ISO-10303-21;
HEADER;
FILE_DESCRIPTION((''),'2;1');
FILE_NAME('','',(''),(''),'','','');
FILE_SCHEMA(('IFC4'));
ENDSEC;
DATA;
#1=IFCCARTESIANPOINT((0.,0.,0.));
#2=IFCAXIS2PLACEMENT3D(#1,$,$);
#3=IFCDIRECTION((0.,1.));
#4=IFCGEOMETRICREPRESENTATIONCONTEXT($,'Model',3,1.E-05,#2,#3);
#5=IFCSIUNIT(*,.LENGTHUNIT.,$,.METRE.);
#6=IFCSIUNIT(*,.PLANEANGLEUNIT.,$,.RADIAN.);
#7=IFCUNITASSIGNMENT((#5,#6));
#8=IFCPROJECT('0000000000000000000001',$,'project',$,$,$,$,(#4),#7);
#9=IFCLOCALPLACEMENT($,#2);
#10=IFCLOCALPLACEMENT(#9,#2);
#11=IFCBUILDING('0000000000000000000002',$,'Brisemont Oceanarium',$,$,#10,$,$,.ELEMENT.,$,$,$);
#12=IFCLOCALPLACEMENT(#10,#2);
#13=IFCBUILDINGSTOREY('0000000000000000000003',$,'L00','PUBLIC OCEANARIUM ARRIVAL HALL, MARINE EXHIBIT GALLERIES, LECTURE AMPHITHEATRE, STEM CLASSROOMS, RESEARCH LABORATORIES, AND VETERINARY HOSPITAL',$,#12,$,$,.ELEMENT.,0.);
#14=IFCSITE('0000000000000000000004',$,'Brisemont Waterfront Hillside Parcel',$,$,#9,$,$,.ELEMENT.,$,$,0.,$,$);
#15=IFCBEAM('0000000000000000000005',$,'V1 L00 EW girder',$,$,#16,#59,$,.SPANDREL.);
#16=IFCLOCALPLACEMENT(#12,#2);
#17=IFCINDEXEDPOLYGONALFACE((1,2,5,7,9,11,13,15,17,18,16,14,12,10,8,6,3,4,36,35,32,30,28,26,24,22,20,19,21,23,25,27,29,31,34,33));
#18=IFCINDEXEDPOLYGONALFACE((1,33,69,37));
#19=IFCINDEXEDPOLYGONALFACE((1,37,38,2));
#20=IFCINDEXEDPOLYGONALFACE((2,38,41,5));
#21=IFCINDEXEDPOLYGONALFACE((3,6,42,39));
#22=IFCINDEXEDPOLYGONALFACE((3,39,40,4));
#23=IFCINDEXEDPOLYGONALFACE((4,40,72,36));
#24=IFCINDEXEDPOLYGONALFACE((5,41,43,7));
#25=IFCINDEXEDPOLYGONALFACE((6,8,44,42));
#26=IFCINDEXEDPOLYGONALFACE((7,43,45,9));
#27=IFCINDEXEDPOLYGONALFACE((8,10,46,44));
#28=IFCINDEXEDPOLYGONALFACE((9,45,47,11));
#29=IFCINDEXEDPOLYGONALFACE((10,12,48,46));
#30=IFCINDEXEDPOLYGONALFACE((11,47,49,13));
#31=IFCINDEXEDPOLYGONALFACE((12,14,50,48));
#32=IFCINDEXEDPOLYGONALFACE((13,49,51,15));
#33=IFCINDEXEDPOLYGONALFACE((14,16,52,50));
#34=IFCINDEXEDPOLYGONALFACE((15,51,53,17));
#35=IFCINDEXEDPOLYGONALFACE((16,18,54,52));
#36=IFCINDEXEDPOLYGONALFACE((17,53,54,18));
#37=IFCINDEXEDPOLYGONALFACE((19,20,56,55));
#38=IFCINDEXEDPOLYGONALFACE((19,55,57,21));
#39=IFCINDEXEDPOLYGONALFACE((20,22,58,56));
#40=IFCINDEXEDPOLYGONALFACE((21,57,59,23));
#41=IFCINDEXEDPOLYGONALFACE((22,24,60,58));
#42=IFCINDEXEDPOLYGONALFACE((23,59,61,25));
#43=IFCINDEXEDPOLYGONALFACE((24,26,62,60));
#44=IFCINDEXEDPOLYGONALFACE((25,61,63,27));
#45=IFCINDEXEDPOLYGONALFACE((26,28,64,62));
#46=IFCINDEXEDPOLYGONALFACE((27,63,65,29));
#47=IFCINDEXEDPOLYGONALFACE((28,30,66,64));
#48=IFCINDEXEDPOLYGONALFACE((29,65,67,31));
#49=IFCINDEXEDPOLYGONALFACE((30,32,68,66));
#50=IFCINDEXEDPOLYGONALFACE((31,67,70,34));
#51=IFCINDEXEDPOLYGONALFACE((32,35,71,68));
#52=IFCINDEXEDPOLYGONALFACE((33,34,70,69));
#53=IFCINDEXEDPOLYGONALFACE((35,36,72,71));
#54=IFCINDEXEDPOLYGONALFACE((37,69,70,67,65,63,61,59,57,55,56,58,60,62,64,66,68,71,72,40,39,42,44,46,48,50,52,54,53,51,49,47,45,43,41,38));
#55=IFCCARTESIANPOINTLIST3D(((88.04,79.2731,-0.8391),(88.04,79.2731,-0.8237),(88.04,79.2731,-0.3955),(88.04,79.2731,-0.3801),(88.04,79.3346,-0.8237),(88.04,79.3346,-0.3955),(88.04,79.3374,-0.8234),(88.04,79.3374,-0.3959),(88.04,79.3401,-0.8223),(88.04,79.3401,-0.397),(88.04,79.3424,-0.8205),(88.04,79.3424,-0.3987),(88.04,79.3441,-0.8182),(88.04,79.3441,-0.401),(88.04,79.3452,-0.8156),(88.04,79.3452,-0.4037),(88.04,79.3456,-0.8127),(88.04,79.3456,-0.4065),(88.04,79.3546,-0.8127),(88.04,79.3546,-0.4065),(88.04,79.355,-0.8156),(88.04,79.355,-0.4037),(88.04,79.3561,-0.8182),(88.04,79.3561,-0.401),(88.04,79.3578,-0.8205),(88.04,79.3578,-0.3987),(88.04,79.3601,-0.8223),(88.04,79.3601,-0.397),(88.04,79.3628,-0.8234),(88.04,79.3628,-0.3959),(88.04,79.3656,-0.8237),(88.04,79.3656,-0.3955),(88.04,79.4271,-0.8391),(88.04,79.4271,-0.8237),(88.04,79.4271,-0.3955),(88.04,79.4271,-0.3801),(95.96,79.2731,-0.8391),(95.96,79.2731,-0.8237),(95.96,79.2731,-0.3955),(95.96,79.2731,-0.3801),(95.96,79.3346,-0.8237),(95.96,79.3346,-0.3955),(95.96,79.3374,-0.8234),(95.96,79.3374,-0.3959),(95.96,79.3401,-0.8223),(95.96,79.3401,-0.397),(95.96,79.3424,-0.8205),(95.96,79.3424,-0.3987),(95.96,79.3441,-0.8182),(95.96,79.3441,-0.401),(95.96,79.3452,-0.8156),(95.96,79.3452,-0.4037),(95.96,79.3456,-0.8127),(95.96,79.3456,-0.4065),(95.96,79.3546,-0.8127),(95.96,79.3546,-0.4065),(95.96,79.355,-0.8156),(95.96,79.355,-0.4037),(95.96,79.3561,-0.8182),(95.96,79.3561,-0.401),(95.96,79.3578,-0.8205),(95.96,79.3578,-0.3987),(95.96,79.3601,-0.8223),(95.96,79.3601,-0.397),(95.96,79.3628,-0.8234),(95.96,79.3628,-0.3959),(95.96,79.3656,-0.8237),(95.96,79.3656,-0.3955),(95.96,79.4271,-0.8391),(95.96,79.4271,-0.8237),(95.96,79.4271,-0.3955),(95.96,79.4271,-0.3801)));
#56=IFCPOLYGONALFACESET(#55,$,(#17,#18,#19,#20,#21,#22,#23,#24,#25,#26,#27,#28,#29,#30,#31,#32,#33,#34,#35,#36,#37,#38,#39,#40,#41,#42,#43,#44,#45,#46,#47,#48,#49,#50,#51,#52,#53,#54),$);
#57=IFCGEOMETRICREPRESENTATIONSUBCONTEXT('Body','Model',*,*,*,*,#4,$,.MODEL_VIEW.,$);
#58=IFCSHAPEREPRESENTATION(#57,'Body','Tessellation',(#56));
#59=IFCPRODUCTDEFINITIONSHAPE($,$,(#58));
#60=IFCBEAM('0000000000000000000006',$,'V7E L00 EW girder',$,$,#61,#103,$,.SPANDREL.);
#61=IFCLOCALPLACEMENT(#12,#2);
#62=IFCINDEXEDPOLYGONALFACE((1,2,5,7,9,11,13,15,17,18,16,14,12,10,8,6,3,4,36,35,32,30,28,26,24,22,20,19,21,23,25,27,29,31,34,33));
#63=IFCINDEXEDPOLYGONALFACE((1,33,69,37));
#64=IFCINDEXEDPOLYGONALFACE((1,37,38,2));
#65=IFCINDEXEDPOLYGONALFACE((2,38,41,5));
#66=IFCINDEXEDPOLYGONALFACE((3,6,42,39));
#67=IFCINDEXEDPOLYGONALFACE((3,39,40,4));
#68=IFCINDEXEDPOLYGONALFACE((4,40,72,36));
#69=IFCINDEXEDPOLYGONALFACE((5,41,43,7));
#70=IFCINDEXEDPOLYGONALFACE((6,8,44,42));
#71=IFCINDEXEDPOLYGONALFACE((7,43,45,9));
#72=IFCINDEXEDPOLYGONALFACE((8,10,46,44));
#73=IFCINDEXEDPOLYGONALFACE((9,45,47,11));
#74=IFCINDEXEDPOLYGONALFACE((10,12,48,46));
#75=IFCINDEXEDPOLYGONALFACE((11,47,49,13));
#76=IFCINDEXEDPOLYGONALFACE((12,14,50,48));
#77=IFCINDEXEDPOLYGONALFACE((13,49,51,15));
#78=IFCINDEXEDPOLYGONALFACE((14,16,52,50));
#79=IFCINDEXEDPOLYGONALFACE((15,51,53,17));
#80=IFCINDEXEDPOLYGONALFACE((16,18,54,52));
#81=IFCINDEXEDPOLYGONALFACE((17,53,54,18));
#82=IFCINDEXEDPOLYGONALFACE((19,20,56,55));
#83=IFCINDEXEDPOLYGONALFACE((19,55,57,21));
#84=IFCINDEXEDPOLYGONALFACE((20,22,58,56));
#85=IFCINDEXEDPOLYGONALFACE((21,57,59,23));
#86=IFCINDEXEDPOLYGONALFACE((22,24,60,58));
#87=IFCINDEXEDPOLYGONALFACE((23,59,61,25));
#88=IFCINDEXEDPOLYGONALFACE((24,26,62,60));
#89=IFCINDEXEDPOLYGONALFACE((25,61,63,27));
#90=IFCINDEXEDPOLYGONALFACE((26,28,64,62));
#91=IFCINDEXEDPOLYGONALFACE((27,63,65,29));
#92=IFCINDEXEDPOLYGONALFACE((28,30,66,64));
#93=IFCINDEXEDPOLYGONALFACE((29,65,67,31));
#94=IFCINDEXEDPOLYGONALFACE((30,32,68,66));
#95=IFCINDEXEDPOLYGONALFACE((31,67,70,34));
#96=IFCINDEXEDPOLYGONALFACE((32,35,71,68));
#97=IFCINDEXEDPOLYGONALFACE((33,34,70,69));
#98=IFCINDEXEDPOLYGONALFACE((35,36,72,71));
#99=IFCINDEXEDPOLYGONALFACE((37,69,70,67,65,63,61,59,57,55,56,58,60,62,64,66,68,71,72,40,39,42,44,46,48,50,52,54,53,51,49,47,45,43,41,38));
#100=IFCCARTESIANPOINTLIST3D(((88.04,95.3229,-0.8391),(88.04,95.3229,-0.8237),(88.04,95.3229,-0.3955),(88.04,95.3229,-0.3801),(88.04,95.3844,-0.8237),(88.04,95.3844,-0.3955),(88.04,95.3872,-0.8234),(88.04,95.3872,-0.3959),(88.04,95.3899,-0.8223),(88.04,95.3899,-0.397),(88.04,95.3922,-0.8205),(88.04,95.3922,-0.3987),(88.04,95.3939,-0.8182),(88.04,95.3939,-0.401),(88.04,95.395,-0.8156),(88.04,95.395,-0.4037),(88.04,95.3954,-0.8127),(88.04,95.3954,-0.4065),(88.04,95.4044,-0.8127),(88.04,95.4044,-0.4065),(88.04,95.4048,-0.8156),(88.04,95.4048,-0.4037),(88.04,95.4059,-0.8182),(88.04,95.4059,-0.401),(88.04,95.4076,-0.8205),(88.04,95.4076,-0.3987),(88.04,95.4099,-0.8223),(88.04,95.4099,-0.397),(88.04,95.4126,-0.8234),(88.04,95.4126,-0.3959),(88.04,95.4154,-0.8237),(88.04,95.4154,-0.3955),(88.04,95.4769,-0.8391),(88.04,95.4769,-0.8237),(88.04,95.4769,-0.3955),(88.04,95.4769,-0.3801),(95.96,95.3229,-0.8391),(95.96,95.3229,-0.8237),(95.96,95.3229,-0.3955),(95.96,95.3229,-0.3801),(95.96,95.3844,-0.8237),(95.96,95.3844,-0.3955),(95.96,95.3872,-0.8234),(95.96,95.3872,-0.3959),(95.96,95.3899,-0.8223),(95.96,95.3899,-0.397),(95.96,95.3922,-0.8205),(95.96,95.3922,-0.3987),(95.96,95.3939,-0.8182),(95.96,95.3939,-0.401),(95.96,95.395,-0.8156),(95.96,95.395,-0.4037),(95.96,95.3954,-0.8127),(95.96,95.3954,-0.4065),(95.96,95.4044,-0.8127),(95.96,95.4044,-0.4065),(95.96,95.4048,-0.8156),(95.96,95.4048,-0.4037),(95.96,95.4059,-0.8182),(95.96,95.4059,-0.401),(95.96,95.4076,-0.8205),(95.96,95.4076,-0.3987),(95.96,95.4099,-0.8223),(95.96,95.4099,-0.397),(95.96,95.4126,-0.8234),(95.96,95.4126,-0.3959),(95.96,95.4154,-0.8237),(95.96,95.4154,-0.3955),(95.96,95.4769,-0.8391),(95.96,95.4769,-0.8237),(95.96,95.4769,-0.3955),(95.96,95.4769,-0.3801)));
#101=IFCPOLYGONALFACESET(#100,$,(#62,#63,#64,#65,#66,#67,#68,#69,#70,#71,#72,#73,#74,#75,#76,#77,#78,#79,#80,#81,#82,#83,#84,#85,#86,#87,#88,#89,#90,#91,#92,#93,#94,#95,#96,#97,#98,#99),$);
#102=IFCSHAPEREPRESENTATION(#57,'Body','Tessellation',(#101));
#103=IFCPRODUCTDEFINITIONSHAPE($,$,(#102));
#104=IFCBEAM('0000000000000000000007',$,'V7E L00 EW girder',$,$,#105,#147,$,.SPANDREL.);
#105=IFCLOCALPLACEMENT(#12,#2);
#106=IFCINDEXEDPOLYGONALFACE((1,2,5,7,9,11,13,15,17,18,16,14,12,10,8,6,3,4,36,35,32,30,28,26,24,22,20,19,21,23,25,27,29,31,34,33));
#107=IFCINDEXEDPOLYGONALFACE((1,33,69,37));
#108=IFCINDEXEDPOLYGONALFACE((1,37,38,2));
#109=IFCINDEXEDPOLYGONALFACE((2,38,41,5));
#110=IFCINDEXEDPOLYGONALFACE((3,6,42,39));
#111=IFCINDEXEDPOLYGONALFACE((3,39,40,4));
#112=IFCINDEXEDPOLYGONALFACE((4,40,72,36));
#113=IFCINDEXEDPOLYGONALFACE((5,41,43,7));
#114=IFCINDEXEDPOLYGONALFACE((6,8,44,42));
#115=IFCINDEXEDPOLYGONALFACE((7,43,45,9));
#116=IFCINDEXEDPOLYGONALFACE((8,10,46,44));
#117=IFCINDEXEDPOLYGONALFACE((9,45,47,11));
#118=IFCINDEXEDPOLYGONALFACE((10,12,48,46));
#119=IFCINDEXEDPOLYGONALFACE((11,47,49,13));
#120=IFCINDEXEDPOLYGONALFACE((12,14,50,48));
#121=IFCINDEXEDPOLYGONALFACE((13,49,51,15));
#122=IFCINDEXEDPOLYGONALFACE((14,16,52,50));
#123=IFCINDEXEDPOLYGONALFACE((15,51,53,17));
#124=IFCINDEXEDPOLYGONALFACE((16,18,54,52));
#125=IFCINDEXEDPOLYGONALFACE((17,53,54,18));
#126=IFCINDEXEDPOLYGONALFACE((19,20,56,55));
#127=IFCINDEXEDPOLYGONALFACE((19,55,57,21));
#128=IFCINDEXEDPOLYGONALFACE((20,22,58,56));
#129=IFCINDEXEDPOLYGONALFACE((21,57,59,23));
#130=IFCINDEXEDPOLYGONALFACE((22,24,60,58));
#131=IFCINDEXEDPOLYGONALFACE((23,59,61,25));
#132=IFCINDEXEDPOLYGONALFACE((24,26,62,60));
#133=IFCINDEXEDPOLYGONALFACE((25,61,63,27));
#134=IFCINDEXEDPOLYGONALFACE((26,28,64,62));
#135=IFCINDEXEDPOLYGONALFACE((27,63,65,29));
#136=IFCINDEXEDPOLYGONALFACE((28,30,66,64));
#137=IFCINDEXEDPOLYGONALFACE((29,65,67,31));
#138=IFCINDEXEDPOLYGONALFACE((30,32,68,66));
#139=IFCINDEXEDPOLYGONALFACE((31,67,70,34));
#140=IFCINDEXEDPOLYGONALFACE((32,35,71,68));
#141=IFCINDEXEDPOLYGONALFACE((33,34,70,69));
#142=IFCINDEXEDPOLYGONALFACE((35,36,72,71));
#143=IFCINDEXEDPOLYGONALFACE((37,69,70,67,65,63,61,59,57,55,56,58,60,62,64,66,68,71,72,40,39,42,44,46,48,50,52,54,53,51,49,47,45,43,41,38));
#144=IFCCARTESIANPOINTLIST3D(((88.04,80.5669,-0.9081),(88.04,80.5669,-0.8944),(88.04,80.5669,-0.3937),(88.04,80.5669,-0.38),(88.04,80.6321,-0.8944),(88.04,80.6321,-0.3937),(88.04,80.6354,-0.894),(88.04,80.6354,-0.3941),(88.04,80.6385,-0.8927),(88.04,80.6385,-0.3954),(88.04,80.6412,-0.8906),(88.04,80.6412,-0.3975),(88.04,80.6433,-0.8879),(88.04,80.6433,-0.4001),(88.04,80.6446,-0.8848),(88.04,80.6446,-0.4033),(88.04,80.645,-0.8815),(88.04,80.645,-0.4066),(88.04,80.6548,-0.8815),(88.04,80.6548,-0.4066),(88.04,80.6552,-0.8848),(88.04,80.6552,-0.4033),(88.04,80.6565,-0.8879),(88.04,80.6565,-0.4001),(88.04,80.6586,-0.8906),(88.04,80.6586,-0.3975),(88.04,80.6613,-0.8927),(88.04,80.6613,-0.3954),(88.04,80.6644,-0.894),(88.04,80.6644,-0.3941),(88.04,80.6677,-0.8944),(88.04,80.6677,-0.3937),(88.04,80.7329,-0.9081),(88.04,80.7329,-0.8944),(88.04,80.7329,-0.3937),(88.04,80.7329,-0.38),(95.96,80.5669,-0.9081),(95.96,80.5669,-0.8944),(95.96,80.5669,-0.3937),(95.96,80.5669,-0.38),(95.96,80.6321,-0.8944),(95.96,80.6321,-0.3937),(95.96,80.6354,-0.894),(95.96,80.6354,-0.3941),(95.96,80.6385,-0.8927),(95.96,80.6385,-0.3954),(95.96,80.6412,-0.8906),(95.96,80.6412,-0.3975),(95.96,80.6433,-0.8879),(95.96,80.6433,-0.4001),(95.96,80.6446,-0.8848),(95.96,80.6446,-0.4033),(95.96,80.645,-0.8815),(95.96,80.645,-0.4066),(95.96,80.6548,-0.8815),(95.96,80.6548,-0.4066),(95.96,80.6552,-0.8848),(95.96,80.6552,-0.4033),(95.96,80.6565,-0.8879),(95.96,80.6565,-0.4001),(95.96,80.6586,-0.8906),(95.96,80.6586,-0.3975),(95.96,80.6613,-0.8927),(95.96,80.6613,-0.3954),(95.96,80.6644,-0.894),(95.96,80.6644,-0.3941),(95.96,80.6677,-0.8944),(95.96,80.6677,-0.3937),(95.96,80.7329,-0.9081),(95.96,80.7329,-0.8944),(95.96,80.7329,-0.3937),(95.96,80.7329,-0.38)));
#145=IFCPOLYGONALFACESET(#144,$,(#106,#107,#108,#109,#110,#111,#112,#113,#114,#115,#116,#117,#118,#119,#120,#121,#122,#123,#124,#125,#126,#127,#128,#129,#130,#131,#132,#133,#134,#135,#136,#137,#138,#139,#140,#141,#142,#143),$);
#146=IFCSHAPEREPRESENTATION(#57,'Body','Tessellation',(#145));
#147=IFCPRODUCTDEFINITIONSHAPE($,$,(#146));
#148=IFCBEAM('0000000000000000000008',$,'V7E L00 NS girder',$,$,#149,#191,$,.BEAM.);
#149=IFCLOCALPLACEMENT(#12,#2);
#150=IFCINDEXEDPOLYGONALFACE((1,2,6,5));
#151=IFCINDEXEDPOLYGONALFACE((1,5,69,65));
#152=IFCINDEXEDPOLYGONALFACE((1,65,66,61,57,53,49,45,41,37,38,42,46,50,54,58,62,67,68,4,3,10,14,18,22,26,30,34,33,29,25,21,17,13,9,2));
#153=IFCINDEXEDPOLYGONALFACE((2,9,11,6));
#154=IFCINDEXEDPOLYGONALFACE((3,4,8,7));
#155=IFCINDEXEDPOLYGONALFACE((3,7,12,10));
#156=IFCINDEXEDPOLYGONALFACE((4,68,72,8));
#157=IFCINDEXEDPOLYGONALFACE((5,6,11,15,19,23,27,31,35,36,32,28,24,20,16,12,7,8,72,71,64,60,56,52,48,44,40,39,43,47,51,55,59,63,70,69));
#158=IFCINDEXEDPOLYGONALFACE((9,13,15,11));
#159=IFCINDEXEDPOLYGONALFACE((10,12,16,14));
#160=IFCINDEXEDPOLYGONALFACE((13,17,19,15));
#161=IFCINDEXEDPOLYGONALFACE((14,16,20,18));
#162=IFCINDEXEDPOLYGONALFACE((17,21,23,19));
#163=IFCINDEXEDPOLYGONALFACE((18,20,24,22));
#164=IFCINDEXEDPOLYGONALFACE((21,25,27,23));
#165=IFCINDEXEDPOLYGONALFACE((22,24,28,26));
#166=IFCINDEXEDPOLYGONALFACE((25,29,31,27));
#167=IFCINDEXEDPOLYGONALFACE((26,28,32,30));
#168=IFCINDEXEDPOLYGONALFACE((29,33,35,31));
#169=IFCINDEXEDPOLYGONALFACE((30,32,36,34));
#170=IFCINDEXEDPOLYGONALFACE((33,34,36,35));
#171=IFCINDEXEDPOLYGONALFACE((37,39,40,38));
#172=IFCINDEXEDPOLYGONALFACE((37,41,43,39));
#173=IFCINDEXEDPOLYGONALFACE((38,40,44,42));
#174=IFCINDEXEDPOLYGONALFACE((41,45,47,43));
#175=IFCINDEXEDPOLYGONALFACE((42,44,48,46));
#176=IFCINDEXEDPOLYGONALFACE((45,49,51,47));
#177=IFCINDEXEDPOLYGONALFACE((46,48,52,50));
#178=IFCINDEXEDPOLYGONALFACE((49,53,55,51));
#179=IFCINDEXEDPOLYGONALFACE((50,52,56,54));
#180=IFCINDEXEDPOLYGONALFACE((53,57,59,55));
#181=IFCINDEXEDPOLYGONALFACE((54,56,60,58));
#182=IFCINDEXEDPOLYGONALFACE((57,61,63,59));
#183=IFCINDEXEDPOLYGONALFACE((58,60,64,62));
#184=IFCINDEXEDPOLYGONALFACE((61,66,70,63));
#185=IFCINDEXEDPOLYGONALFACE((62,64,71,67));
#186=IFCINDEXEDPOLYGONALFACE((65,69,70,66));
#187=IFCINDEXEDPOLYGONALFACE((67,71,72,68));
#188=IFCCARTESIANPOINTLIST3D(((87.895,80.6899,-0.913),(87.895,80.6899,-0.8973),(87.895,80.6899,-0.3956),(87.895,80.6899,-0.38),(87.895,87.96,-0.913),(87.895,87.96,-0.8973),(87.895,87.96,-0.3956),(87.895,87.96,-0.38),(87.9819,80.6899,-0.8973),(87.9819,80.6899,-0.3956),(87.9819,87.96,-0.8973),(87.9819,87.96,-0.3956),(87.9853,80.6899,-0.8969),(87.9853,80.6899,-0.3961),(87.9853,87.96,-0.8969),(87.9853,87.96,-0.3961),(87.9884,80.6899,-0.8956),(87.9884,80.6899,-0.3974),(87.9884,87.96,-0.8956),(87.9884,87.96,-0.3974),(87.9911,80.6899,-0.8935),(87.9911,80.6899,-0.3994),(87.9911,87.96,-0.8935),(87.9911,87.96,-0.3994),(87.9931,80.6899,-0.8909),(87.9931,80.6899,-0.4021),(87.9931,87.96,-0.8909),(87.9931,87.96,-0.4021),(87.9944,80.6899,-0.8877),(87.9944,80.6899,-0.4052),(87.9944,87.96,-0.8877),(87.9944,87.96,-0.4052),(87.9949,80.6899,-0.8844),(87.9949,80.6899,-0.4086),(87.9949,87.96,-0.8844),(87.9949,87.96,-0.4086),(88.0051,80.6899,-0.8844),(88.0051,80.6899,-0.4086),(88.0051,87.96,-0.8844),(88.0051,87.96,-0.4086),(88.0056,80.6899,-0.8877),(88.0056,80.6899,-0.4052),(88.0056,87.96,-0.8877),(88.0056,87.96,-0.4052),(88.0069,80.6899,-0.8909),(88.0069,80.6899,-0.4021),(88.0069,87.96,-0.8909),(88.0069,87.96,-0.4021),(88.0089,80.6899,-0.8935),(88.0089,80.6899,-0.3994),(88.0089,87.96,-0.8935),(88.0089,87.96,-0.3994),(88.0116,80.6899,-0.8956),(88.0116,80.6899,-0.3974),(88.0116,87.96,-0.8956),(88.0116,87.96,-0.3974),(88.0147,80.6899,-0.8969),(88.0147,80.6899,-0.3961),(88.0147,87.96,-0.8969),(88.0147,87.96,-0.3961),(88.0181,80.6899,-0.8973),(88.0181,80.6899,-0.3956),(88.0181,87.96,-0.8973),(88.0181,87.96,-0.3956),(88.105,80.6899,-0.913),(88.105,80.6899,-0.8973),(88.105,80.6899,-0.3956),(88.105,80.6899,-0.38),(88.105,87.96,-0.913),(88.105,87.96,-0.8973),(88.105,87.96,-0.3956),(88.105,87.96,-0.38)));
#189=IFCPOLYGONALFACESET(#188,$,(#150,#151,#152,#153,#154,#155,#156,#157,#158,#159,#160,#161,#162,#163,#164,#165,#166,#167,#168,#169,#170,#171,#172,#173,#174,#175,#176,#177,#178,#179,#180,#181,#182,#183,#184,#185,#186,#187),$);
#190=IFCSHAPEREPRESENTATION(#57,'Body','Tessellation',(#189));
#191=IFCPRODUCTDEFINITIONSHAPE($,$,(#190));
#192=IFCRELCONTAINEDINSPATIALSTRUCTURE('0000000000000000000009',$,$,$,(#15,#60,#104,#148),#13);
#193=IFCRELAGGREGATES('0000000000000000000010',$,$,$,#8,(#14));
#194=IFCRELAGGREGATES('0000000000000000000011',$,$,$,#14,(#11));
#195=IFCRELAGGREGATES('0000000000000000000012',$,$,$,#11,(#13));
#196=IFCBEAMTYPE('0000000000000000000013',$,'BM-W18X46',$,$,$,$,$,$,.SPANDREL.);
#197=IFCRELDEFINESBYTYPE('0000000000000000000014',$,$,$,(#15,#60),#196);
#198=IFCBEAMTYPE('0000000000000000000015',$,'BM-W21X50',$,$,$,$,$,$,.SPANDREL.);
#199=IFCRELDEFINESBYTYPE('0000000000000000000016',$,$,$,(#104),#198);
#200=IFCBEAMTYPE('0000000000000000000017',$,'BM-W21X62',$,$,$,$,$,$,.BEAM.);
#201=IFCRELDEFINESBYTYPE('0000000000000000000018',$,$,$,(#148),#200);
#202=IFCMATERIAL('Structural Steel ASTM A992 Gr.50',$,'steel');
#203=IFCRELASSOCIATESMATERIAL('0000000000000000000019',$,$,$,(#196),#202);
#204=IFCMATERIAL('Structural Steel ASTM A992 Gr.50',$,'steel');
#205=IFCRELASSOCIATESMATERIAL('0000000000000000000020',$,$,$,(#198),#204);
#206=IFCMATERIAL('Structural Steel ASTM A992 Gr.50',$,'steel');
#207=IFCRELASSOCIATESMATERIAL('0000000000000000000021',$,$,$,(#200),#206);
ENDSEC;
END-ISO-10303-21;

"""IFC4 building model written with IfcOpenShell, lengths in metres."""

from ifc_helpers import new_model, si_unit, direction, frame, origin, origin_2d, place, context, subcontext, project, spatial, i_section, extrude, material, material_profile, profile_set, type_object, element, save


model = new_model("IFC4")

# Units and contexts
model_context = context("Model", 3, precision=1e-05, world=origin(), true_north=direction((0.0, 1.0)))
body_context = subcontext(model_context, "Body", "Model", "MODEL_VIEW")
ifc_project = project(units=[si_unit("LENGTHUNIT", "METRE"), si_unit("PLANEANGLEUNIT", "RADIAN")], contexts=[model_context])

# Site, building, storey
site_placement = place(None, origin())
site = spatial("IfcSite", under=ifc_project, at=site_placement, Name="Brisemont Waterfront Hillside Parcel", CompositionType="ELEMENT", RefElevation=0.0)
building_placement = place(site_placement, origin())
building = spatial("IfcBuilding", under=site, at=building_placement, Name="Brisemont Oceanarium", CompositionType="ELEMENT")
storey_placement = place(building_placement, origin())
storey = spatial("IfcBuildingStorey", under=building, at=storey_placement, Name="L00", Description="PUBLIC OCEANARIUM ARRIVAL HALL, MARINE EXHIBIT GALLERIES, LECTURE AMPHITHEATRE, STEM CLASSROOMS, RESEARCH LABORATORIES, AND VETERINARY HOSPITAL", CompositionType="ELEMENT", Elevation=0.0)

# Beams
ifc_material_1 = material(Name="Structural Steel ASTM A992 Gr.50", Category="steel")
ifc_material_profile_1 = material_profile(ifc_material_1, i_section(OverallWidth=0.1541, OverallDepth=0.459, WebThickness=0.009, FlangeThickness=0.0154, FilletRadius=0.011, at=origin_2d()), Name="W18X46")
ifc_profile_set_1 = profile_set([ifc_material_profile_1], Name="Structural Steel ASTM A992 Gr.50")
beam_type_1 = type_object("IfcBeamType", Name="BM-W18X46", PredefinedType="SPANDREL", material=ifc_profile_set_1)
for number, where, z_axis, x_axis, name in (
    (1, (88.04, 79.3501, -0.6096), (1.0, 0.0, 0.0), (0.0, 1.0, 0.0), "V1 L00 EW girder"),
    (2, (88.04, 95.3999, -0.6096), (1.0, 0.0, 0.0), (0.0, 1.0, 0.0), "V7E L00 EW girder"),
):
    element("IfcBeam", number, at=place(storey_placement, frame(where, z_axis=z_axis, x_axis=x_axis)), inside=storey, type_object=beam_type_1, Name=name, PredefinedType="SPANDREL", context=body_context, shape_type="SweptSolid", body=[
        extrude(i_section(OverallWidth=0.1541, OverallDepth=0.459, WebThickness=0.009, FlangeThickness=0.0154, FilletRadius=0.011, at=origin_2d()), origin(), (0.0, 0.0, 1.0), 7.9199),
    ])
ifc_material_2 = material(Name="Structural Steel ASTM A992 Gr.50", Category="steel")
ifc_material_profile_2 = material_profile(ifc_material_2, i_section(OverallWidth=0.166, OverallDepth=0.5281, WebThickness=0.0098, FlangeThickness=0.0137, FilletRadius=0.0129, at=origin_2d()), Name="W21X50")
ifc_profile_set_2 = profile_set([ifc_material_profile_2], Name="Structural Steel ASTM A992 Gr.50")
beam_type_2 = type_object("IfcBeamType", Name="BM-W21X50", PredefinedType="SPANDREL", material=ifc_profile_set_2)
beam_1_placement = place(storey_placement, frame((88.04, 80.6499, -0.644), z_axis=(1.0, 0.0, 0.0), x_axis=(0.0, 1.0, 0.0)))
element("IfcBeam", 3, at=beam_1_placement, inside=storey, type_object=beam_type_2, Name="V7E L00 EW girder", PredefinedType="SPANDREL", context=body_context, shape_type="SweptSolid", body=[
    extrude(i_section(OverallWidth=0.166, OverallDepth=0.5281, WebThickness=0.0098, FlangeThickness=0.0137, FilletRadius=0.0129, at=origin_2d()), origin(), (0.0, 0.0, 1.0), 7.9199),
])
ifc_material_3 = material(Name="Structural Steel ASTM A992 Gr.50", Category="steel")
ifc_material_profile_3 = material_profile(ifc_material_3, i_section(OverallWidth=0.21, OverallDepth=0.533, WebThickness=0.0103, FlangeThickness=0.0156, FilletRadius=0.0129, at=origin_2d()), Name="W21X62")
ifc_profile_set_3 = profile_set([ifc_material_profile_3], Name="Structural Steel ASTM A992 Gr.50")
beam_type_3 = type_object("IfcBeamType", Name="BM-W21X62", PredefinedType="BEAM", material=ifc_profile_set_3)
beam_2_placement = place(storey_placement, frame((88.0, 80.6899, -0.6465), z_axis=(0.0, 1.0, 0.0), x_axis=(-1.0, 0.0, 0.0)))
element("IfcBeam", 4, at=beam_2_placement, inside=storey, type_object=beam_type_3, Name="V7E L00 NS girder", PredefinedType="BEAM", context=body_context, shape_type="SweptSolid", body=[
    extrude(i_section(OverallWidth=0.21, OverallDepth=0.533, WebThickness=0.0103, FlangeThickness=0.0156, FilletRadius=0.0129, at=origin_2d()), origin(), (0.0, 0.0, 1.0), 7.27),
])

save(model, "model.ifc")
